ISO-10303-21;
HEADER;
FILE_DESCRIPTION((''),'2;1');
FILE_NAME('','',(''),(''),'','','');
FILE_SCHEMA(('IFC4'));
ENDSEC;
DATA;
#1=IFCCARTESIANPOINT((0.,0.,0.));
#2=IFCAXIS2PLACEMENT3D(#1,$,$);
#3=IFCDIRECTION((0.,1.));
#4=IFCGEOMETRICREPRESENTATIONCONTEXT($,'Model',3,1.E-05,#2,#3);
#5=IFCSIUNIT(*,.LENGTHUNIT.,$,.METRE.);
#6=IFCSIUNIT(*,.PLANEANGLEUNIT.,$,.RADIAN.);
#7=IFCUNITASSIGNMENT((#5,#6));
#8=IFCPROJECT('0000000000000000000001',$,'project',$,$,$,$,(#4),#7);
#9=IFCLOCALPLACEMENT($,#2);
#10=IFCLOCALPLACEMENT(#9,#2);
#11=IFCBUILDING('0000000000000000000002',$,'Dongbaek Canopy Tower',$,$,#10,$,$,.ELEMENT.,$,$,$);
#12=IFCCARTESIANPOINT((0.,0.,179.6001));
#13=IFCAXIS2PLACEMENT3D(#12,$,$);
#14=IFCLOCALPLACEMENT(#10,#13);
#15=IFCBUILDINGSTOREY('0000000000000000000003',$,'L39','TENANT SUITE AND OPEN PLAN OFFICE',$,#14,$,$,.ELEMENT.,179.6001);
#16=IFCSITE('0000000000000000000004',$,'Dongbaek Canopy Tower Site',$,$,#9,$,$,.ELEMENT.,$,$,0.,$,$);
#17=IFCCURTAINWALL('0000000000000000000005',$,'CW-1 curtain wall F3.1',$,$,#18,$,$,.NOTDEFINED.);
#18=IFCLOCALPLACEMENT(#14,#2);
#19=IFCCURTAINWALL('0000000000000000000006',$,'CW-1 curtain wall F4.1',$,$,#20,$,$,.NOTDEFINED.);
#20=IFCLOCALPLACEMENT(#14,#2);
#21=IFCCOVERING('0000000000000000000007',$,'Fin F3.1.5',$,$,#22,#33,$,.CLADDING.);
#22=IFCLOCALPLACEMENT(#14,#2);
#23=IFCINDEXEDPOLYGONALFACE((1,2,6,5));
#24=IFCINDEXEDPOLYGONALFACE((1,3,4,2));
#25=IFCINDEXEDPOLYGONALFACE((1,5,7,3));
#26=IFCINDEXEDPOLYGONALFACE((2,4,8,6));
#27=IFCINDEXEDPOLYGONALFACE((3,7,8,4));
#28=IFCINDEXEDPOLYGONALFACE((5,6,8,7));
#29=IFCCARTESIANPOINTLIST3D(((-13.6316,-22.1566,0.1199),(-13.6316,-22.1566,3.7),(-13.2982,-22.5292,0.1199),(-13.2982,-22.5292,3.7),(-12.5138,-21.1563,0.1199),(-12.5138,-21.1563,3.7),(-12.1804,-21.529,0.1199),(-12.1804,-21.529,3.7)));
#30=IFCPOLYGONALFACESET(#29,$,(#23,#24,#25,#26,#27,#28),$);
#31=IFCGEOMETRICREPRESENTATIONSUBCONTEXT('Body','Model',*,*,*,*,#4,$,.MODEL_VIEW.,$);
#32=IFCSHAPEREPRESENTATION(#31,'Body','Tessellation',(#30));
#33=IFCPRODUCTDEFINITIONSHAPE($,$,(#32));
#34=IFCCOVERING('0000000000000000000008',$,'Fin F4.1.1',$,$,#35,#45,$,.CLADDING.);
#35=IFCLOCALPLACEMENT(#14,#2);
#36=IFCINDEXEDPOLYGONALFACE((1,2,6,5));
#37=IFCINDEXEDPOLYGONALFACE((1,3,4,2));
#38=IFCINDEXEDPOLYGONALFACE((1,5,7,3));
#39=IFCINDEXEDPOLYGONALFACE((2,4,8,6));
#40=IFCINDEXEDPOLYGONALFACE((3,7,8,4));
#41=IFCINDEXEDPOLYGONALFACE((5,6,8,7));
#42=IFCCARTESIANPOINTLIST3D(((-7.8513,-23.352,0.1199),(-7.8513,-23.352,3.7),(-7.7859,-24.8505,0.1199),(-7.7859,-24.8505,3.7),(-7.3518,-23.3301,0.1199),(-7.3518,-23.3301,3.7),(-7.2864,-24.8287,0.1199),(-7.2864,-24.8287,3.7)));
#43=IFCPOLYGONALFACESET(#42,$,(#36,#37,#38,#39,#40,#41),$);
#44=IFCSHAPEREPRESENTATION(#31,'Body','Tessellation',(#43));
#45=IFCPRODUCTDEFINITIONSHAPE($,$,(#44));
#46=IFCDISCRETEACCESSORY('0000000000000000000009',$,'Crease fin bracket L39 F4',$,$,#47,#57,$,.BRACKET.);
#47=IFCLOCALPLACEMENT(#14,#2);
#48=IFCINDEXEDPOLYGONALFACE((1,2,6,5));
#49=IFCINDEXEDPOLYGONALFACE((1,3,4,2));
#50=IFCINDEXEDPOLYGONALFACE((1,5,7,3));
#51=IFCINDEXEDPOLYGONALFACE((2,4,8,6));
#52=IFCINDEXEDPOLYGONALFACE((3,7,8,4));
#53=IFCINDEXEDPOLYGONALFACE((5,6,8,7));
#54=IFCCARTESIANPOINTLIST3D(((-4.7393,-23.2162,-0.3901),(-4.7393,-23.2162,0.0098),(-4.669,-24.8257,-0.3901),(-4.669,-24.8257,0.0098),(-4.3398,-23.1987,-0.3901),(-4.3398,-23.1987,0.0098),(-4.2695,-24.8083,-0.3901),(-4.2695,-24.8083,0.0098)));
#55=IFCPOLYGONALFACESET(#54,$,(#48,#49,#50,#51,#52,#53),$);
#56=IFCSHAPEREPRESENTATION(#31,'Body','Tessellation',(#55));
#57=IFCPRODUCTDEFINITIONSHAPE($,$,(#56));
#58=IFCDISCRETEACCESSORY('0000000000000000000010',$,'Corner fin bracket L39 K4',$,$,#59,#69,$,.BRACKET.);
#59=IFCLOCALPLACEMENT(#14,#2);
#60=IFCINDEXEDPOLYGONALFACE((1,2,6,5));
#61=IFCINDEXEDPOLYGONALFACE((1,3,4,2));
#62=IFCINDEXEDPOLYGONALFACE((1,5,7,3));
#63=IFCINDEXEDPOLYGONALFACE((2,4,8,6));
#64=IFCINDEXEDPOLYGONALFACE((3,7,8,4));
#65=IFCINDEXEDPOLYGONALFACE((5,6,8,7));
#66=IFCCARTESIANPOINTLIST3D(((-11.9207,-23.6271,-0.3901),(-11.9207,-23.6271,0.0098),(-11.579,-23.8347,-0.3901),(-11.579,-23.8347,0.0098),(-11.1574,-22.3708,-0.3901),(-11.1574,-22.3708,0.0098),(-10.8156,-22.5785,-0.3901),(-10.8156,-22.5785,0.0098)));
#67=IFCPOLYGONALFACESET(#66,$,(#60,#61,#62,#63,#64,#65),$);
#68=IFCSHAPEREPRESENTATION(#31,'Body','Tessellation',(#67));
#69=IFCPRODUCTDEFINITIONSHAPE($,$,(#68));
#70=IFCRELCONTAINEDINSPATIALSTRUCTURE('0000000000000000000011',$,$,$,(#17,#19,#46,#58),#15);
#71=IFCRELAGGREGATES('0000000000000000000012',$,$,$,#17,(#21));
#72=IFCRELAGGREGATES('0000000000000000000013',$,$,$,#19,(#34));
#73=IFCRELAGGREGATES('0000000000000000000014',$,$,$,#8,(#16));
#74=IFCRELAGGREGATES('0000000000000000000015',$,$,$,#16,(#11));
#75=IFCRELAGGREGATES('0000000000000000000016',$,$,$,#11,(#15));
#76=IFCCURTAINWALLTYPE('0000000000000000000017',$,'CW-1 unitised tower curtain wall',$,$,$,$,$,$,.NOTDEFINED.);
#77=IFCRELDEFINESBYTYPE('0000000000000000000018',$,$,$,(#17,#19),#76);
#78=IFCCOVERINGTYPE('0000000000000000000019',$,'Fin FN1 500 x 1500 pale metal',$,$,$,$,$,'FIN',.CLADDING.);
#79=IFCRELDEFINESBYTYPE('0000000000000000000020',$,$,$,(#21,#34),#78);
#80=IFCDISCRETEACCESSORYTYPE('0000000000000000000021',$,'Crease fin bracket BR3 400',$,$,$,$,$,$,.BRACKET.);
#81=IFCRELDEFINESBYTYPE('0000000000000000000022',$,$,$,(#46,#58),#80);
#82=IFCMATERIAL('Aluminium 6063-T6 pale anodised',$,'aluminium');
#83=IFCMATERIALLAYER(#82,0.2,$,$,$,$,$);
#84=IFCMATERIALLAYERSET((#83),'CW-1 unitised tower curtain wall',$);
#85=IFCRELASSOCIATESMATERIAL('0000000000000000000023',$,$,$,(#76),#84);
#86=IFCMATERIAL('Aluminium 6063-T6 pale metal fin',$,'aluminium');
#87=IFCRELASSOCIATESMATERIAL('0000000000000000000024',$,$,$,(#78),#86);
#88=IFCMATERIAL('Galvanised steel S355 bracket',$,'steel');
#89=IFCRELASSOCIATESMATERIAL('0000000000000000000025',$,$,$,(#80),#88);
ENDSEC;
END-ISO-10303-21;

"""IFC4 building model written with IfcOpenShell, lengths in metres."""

from ifc_helpers import new_model, si_unit, direction, frame, origin, origin_2d, place, context, subcontext, project, spatial, rectangle, extrude, material, layer, layer_set, material_profile, profile_set, type_object, element, aggregate, save


model = new_model("IFC4")

# Units and contexts
model_context = context("Model", 3, precision=1e-05, world=origin(), true_north=direction((0.0, 1.0)))
body_context = subcontext(model_context, "Body", "Model", "MODEL_VIEW")
ifc_project = project(units=[si_unit("LENGTHUNIT", "METRE"), si_unit("PLANEANGLEUNIT", "RADIAN")], contexts=[model_context])

# Site, building, storey
site_placement = place(None, origin())
site = spatial("IfcSite", under=ifc_project, at=site_placement, Name="Dongbaek Canopy Tower Site", CompositionType="ELEMENT", RefElevation=0.0)
building_placement = place(site_placement, origin())
building = spatial("IfcBuilding", under=site, at=building_placement, Name="Dongbaek Canopy Tower", CompositionType="ELEMENT")
storey_placement = place(building_placement, frame((0.0, 0.0, 179.6001)))
storey = spatial("IfcBuildingStorey", under=building, at=storey_placement, Name="L39", Description="TENANT SUITE AND OPEN PLAN OFFICE", CompositionType="ELEMENT", Elevation=179.6001)

# Curtain wall
ifc_material_1 = material(Name="Aluminium 6063-T6 pale anodised", Category="aluminium")
ifc_layer_1 = layer(ifc_material_1, 0.2)
ifc_layer_set_1 = layer_set([ifc_layer_1], Name="CW-1 unitised tower curtain wall")
curtain_wall_type = type_object("IfcCurtainWallType", Name="CW-1 unitised tower curtain wall", PredefinedType="NOTDEFINED", material=ifc_layer_set_1)
curtain_wall_1_placement = place(storey_placement, origin())
curtain_wall_1 = element("IfcCurtainWall", 1, at=curtain_wall_1_placement, inside=storey, type_object=curtain_wall_type, Name="CW-1 curtain wall F3.1", PredefinedType="NOTDEFINED")

# Curtain wall
curtain_wall_2_placement = place(storey_placement, origin())
curtain_wall_2 = element("IfcCurtainWall", 2, at=curtain_wall_2_placement, inside=storey, type_object=curtain_wall_type, Name="CW-1 curtain wall F4.1", PredefinedType="NOTDEFINED")

# Coverings
ifc_material_2 = material(Name="Aluminium 6063-T6 pale metal fin", Category="aluminium")
ifc_material_profile_1 = material_profile(ifc_material_2, rectangle(XDim=1.5, YDim=0.5, at=origin_2d()), Name="Fin FN1 500 x 1500 pale metal")
ifc_profile_set_1 = profile_set([ifc_material_profile_1], Name="Aluminium 6063-T6 pale metal fin")
covering_type_1 = type_object("IfcCoveringType", Name="Fin FN1 500 x 1500 pale metal", ElementType="FIN", PredefinedType="CLADDING", material=ifc_profile_set_1)
covering_1_placement = place(storey_placement, frame((-12.906, -21.8428, 0.1199), z_axis=(0.0, 0.0, 1.0), x_axis=(-0.745211, -0.666829, 0.0)))
covering_1 = element("IfcCovering", 3, at=covering_1_placement, type_object=covering_type_1, Name="Fin F3.1.5", PredefinedType="CLADDING", context=body_context, shape_type="SweptSolid", body=[
    extrude(rectangle(XDim=1.5, YDim=0.5, at=origin_2d()), origin(), (0.0, 0.0, 1.0), 3.5801),
])
aggregate(curtain_wall_1, [covering_1])
covering_2_placement = place(storey_placement, frame((-7.5688, -24.0903, 0.1199), z_axis=(0.0, 0.0, 1.0), x_axis=(0.04364, -0.999047, 0.0)))
covering_2 = element("IfcCovering", 4, at=covering_2_placement, type_object=covering_type_1, Name="Fin F4.1.1", PredefinedType="CLADDING", context=body_context, shape_type="SweptSolid", body=[
    extrude(rectangle(XDim=1.5, YDim=0.5, at=origin_2d()), origin(), (0.0, 0.0, 1.0), 3.5801),
])
aggregate(curtain_wall_2, [covering_2])

# Discrete accessories
ifc_material_3 = material(Name="Galvanised steel S355 bracket", Category="steel")
discrete_accessory_type = type_object("IfcDiscreteAccessoryType", Name="Crease fin bracket BR3 400", PredefinedType="BRACKET", material=ifc_material_3)
discrete_accessory_1_placement = place(storey_placement, frame((-4.5044, -24.0122, -0.3901), z_axis=(0.0, 0.0, 1.0), x_axis=(0.04364, -0.999047, 0.0)))
element("IfcDiscreteAccessory", 5, at=discrete_accessory_1_placement, inside=storey, type_object=discrete_accessory_type, Name="Crease fin bracket L39 F4", PredefinedType="BRACKET", context=body_context, shape_type="SweptSolid", body=[
    extrude(rectangle(XDim=1.6111, YDim=0.3999, at=origin_2d()), origin(), (0.0, 0.0, 1.0), 0.3999),
])
discrete_accessory_2_placement = place(storey_placement, frame((-11.3682, -23.1028, -0.3901), z_axis=(0.0, 0.0, 1.0), x_axis=(-0.519286, -0.8546, 0.0)))
element("IfcDiscreteAccessory", 6, at=discrete_accessory_2_placement, inside=storey, type_object=discrete_accessory_type, Name="Corner fin bracket L39 K4", PredefinedType="BRACKET", context=body_context, shape_type="SweptSolid", body=[
    extrude(rectangle(XDim=1.47, YDim=0.3999, at=origin_2d()), origin(), (0.0, 0.0, 1.0), 0.3999),
])

save(model, "model.ifc")
